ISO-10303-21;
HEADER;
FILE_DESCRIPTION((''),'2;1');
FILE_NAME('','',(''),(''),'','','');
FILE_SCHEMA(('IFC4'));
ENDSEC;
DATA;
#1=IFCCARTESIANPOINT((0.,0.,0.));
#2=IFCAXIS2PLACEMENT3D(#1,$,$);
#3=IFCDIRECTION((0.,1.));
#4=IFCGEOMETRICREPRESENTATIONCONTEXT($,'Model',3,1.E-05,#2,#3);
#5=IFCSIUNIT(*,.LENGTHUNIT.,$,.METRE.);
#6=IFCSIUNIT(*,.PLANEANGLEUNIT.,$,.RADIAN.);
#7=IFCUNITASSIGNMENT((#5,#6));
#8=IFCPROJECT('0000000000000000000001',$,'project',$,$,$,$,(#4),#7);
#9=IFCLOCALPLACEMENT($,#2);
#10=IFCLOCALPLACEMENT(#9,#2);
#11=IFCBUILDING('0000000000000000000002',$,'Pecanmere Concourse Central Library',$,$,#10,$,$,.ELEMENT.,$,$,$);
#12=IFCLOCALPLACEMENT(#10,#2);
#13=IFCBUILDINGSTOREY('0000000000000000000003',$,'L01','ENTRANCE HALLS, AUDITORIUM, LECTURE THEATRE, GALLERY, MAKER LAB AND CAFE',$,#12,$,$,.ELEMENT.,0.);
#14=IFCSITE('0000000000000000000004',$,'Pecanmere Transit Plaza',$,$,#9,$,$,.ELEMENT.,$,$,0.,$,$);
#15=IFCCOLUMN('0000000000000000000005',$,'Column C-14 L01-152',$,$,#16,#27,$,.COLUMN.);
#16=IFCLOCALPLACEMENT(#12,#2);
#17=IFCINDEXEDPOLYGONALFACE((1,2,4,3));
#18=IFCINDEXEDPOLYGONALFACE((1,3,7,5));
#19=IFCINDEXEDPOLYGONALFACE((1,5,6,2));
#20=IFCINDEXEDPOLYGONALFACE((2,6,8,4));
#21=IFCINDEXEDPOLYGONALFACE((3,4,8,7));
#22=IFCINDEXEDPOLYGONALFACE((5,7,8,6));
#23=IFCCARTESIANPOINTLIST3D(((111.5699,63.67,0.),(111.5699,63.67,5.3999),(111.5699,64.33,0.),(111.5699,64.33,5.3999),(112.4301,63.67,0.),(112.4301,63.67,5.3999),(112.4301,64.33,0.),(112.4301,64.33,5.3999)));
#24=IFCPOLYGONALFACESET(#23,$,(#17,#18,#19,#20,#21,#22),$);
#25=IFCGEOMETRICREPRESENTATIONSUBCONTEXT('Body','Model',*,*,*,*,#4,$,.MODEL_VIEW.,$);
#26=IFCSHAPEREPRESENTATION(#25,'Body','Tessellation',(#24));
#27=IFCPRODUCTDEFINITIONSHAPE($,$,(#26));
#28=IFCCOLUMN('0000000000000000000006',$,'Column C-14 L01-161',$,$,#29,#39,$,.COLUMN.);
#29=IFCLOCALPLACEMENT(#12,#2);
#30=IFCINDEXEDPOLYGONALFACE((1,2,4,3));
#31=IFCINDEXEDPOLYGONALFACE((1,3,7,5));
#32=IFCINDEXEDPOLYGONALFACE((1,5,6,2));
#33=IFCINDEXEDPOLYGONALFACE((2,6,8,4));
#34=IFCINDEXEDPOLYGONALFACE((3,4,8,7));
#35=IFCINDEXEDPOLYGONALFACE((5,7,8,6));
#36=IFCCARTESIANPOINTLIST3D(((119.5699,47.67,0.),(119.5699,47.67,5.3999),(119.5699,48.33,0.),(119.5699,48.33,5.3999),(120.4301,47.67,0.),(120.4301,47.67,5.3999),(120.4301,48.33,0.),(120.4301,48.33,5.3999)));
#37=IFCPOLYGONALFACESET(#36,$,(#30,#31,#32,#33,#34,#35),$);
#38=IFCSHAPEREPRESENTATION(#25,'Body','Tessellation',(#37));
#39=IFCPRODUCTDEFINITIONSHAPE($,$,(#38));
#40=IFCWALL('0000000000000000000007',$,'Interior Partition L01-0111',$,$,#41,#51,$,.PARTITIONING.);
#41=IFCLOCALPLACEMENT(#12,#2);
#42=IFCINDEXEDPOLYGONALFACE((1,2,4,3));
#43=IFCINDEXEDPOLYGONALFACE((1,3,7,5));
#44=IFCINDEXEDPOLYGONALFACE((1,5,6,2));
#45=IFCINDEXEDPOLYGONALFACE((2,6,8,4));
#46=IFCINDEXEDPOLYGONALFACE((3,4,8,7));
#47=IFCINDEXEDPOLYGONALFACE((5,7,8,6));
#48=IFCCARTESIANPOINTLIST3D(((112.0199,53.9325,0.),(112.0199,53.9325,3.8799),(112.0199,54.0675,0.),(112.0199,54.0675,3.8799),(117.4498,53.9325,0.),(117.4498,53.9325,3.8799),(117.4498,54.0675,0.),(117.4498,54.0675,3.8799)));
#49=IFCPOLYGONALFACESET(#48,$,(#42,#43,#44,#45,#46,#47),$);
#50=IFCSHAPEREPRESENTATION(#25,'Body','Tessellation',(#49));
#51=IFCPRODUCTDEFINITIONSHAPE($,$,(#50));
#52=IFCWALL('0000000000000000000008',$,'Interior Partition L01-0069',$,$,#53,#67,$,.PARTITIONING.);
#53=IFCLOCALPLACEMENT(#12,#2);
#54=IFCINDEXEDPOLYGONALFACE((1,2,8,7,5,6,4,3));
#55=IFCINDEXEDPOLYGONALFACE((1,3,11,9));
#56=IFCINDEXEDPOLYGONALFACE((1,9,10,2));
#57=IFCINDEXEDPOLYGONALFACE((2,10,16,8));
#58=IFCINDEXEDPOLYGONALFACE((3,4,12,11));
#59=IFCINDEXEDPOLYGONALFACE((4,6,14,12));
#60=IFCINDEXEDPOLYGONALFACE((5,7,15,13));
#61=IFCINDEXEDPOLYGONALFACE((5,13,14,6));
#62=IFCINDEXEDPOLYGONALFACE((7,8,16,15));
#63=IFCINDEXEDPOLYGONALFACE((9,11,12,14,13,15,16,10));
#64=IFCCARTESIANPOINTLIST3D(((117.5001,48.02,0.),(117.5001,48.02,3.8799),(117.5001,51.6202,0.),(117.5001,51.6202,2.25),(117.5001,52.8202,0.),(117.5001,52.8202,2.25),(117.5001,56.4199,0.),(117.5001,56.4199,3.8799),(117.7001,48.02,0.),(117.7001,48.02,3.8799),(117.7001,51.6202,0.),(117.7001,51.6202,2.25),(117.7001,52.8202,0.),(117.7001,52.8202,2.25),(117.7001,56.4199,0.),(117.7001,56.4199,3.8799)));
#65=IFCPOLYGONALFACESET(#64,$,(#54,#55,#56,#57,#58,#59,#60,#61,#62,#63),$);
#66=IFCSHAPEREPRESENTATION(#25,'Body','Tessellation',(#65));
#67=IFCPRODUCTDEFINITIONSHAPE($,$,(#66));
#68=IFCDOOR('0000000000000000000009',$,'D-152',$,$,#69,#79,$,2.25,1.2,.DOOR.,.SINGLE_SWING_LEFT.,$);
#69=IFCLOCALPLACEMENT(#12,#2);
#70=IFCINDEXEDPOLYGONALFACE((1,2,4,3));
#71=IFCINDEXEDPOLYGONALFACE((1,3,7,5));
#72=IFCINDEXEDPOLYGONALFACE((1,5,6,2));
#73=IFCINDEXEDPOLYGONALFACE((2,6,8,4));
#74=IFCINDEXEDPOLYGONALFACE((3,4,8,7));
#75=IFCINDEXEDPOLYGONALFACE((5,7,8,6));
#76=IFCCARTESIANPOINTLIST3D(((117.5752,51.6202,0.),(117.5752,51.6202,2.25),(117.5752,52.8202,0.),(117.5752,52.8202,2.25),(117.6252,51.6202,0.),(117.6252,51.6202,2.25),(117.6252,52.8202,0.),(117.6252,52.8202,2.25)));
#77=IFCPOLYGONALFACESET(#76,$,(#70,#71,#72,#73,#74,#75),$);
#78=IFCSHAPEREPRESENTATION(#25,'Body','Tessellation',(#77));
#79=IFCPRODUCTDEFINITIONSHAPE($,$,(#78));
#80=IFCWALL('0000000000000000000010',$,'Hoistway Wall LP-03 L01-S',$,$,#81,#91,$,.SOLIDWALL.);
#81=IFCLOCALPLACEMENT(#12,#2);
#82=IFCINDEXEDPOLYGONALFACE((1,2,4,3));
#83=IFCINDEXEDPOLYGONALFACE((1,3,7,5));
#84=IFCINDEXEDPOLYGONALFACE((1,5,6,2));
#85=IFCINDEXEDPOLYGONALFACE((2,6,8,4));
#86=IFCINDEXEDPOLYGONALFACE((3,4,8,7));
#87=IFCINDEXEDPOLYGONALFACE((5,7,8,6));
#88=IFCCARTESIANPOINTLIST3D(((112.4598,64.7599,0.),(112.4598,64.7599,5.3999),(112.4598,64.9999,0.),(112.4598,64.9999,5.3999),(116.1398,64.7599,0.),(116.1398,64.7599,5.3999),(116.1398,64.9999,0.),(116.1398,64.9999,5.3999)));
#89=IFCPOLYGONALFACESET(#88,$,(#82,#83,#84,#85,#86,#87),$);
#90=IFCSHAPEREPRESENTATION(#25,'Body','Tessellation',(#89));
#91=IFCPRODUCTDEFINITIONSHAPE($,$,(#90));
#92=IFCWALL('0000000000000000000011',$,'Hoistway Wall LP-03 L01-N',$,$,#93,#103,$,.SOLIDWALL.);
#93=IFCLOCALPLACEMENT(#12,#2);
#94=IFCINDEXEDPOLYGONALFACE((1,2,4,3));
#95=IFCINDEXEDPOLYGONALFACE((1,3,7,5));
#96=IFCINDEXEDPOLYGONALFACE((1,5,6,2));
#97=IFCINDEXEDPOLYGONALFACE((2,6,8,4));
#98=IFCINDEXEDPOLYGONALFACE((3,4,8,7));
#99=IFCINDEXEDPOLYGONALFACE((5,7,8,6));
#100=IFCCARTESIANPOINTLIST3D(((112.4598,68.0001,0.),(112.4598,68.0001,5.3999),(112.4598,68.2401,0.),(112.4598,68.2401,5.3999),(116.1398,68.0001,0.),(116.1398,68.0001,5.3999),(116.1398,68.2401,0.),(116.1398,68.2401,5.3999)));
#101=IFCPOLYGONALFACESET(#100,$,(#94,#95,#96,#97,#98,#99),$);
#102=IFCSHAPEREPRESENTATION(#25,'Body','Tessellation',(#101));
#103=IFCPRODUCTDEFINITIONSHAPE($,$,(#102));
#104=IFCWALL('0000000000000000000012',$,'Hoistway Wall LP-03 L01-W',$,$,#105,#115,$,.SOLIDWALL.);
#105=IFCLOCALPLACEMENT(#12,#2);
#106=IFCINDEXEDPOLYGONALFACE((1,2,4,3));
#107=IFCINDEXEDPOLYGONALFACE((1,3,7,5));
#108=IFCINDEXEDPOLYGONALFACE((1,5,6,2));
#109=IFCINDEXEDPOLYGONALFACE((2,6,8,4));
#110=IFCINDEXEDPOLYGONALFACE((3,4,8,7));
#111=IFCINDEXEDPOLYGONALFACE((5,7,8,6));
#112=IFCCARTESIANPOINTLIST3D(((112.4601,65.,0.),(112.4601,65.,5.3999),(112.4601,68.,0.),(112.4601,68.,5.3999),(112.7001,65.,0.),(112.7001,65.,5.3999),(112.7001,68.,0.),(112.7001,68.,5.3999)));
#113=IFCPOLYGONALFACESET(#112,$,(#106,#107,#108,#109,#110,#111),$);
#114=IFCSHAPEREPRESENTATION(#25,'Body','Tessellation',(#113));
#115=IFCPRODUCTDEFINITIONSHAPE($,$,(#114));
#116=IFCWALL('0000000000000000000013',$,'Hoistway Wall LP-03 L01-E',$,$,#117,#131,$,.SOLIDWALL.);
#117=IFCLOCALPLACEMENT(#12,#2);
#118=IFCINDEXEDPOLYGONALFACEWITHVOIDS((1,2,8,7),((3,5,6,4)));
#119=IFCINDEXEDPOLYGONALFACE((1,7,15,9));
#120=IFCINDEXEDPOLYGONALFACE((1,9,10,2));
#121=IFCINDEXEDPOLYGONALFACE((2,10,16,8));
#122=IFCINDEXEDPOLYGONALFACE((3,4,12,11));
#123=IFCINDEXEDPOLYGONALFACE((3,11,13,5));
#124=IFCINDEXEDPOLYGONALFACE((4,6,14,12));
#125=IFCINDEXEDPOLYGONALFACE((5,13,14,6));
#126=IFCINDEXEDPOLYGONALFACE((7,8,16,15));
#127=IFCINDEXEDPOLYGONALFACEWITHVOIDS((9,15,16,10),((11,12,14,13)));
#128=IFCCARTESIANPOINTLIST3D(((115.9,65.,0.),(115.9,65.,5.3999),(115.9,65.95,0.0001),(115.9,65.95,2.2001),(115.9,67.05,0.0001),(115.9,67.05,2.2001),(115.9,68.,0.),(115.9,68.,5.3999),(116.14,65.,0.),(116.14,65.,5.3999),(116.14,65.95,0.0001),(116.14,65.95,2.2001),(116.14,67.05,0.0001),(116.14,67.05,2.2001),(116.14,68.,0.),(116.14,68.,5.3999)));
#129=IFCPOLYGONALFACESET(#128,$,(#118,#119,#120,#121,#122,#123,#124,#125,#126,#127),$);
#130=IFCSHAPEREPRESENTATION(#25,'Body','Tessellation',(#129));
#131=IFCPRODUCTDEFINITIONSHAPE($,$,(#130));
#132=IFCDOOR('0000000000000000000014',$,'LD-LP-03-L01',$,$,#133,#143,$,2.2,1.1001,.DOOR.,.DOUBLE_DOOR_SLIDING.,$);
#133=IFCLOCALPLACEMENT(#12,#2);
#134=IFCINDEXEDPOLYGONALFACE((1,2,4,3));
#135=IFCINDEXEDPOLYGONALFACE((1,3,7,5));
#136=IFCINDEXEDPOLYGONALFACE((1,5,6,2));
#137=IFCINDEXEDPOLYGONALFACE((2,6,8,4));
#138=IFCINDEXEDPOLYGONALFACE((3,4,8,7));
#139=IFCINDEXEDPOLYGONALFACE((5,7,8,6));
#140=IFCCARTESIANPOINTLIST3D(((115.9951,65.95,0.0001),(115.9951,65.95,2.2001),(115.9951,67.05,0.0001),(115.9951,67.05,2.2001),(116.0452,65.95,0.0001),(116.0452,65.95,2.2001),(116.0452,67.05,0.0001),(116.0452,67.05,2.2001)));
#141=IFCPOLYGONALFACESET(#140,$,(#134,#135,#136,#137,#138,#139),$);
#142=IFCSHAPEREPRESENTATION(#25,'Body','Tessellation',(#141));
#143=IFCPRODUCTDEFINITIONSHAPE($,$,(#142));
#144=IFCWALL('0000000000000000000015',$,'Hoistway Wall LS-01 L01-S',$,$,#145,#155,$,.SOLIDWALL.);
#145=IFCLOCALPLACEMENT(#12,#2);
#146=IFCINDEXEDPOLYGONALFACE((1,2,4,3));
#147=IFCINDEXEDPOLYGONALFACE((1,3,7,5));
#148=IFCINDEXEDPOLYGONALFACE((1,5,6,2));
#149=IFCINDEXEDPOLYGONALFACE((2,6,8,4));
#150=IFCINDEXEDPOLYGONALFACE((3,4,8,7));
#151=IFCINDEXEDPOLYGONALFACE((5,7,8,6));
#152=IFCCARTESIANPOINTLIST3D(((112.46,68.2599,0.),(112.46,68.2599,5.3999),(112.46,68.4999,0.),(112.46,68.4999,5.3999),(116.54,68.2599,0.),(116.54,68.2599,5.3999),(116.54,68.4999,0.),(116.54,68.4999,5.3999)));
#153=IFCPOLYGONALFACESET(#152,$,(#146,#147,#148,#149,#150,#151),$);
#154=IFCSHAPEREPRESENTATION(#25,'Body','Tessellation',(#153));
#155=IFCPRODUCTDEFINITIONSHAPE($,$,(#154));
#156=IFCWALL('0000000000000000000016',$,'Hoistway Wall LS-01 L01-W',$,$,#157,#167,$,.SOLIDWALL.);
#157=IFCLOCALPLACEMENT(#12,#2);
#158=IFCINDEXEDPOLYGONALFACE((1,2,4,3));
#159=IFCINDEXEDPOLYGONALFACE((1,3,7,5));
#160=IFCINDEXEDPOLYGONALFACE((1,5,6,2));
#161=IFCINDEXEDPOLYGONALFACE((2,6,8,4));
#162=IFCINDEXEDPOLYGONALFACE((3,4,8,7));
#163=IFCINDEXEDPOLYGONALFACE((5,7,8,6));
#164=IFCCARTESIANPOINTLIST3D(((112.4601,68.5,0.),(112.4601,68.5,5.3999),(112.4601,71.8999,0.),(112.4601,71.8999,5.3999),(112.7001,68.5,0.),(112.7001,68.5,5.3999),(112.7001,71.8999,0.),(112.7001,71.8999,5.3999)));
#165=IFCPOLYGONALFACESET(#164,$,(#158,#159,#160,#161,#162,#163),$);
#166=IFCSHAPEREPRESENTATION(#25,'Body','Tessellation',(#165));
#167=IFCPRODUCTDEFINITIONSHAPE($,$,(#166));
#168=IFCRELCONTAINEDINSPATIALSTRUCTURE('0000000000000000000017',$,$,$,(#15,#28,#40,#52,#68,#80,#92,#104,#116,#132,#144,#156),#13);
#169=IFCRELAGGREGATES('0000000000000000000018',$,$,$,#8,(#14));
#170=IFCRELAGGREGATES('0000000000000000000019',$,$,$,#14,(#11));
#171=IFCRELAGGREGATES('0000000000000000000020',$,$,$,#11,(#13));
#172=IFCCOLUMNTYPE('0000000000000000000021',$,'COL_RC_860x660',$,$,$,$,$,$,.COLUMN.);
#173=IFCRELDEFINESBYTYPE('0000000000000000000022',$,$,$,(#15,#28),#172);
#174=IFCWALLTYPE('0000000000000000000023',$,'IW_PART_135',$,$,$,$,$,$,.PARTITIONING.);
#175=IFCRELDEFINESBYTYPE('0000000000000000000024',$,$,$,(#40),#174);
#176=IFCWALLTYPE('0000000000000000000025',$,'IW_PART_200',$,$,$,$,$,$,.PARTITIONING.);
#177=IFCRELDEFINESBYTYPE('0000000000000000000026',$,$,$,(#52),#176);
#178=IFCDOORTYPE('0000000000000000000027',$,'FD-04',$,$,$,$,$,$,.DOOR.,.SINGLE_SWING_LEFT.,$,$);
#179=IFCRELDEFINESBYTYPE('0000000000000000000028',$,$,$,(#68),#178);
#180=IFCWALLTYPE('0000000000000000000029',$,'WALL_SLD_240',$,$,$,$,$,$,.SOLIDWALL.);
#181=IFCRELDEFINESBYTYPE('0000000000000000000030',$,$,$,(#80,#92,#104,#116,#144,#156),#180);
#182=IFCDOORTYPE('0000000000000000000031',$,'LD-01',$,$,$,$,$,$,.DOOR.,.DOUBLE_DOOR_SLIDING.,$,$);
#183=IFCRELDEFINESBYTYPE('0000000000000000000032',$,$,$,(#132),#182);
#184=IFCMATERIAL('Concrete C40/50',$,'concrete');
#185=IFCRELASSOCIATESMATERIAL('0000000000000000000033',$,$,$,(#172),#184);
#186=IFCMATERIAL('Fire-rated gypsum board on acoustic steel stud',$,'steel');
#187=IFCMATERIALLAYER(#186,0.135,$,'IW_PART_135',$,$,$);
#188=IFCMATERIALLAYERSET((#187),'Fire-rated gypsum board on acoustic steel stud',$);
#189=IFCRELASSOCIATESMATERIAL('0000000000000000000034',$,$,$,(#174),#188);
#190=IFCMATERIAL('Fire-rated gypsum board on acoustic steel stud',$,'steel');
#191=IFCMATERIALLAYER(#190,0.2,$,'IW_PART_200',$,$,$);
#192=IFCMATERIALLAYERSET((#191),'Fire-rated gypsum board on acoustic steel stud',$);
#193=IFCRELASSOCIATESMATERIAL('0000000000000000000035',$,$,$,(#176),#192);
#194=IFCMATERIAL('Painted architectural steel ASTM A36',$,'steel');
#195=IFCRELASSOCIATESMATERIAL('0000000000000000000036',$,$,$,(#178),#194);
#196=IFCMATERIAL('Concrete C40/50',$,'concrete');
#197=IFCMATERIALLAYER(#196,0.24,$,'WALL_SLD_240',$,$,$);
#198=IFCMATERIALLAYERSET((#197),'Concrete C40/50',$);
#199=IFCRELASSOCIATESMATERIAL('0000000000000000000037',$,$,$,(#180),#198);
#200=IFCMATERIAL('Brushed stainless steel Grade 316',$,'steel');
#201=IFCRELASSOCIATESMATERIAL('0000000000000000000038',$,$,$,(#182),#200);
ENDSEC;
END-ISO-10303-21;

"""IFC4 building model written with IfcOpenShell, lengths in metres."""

from ifc_helpers import new_model, si_unit, direction, frame, frame_2d, origin, origin_2d, place, context, subcontext, project, spatial, rectangle, extrude, material, layer, layer_set, material_profile, profile_set, type_object, element, fill, save


model = new_model("IFC4")

# Units and contexts
model_context = context("Model", 3, precision=1e-05, world=origin(), true_north=direction((0.0, 1.0)))
body_context = subcontext(model_context, "Body", "Model", "MODEL_VIEW")
ifc_project = project(units=[si_unit("LENGTHUNIT", "METRE"), si_unit("PLANEANGLEUNIT", "RADIAN")], contexts=[model_context])

# Site, building, storey
site_placement = place(None, origin())
site = spatial("IfcSite", under=ifc_project, at=site_placement, Name="Pecanmere Transit Plaza", CompositionType="ELEMENT", RefElevation=0.0)
building_placement = place(site_placement, origin())
building = spatial("IfcBuilding", under=site, at=building_placement, Name="Pecanmere Concourse Central Library", CompositionType="ELEMENT")
storey_placement = place(building_placement, origin())
storey = spatial("IfcBuildingStorey", under=building, at=storey_placement, Name="L01", Description="ENTRANCE HALLS, AUDITORIUM, LECTURE THEATRE, GALLERY, MAKER LAB AND CAFE", CompositionType="ELEMENT", Elevation=0.0)

# Columns
ifc_material_1 = material(Name="Concrete C40/50", Category="concrete")
ifc_material_profile = material_profile(ifc_material_1, rectangle(XDim=0.8601, YDim=0.6599, at=origin_2d()), Name="RC 860x660")
ifc_profile_set = profile_set([ifc_material_profile], Name="Concrete C40/50")
column_type = type_object("IfcColumnType", Name="COL_RC_860x660", PredefinedType="COLUMN", material=ifc_profile_set)
for number, where, z_axis, x_axis, name in (
    (1, (112.0, 64.0, 0.0), (0.0, 0.0, 1.0), (1.0, 0.0, 0.0), "Column C-14 L01-152"),
    (2, (120.0, 48.0, 0.0), (0.0, 0.0, 1.0), (1.0, 0.0, 0.0), "Column C-14 L01-161"),
):
    element("IfcColumn", number, at=place(storey_placement, frame(where, z_axis=z_axis, x_axis=x_axis)), inside=storey, type_object=column_type, Name=name, PredefinedType="COLUMN", context=body_context, shape_type="SweptSolid", body=[
        extrude(rectangle(XDim=0.8601, YDim=0.6599, at=origin_2d()), origin(), (0.0, 0.0, 1.0), 5.3999),
    ])

# Wall
ifc_material_2 = material(Name="Fire-rated gypsum board on acoustic steel stud", Category="steel")
ifc_layer_1 = layer(ifc_material_2, 0.135, Name="IW_PART_135")
ifc_layer_set_1 = layer_set([ifc_layer_1], Name="Fire-rated gypsum board on acoustic steel stud")
wall_type_1 = type_object("IfcWallType", Name="IW_PART_135", PredefinedType="PARTITIONING", material=ifc_layer_set_1)
wall_1_placement = place(storey_placement, frame((112.02, 54.0, 0.0), z_axis=(0.0, 0.0, 1.0), x_axis=(1.0, 0.0, 0.0)))
element("IfcWall", 3, at=wall_1_placement, inside=storey, type_object=wall_type_1, Name="Interior Partition L01-0111", PredefinedType="PARTITIONING", context=body_context, shape_type="SweptSolid", body=[
    extrude(rectangle(XDim=5.4299, YDim=0.135, at=frame_2d((2.7148, 0.0))), origin(), (0.0, 0.0, 1.0), 3.8799),
])

# Wall, opening, door
ifc_material_3 = material(Name="Fire-rated gypsum board on acoustic steel stud", Category="steel")
ifc_layer_2 = layer(ifc_material_3, 0.2, Name="IW_PART_200")
ifc_layer_set_2 = layer_set([ifc_layer_2], Name="Fire-rated gypsum board on acoustic steel stud")
wall_type_2 = type_object("IfcWallType", Name="IW_PART_200", PredefinedType="PARTITIONING", material=ifc_layer_set_2)
wall_2_placement = place(storey_placement, frame((117.6001, 48.02, 0.0), z_axis=(0.0, 0.0, 1.0), x_axis=(0.0, 1.0, 0.0)))
wall_2 = element("IfcWall", 4, at=wall_2_placement, inside=storey, type_object=wall_type_2, Name="Interior Partition L01-0069", PredefinedType="PARTITIONING", context=body_context, shape_type="SweptSolid", body=[
    extrude(rectangle(XDim=8.3999, YDim=0.2, at=frame_2d((4.2, 0.0))), origin(), (0.0, 0.0, 1.0), 3.8799),
])
opening_1_placement = place(wall_2_placement, frame((3.6001, 0.0, 0.0)))
opening_1 = element("IfcOpeningElement", 5, at=opening_1_placement, cuts=wall_2, PredefinedType="OPENING", context=body_context, shape_type="SweptSolid", body=[
    extrude(rectangle(XDim=1.2, YDim=2.25, at=frame_2d((0.6001, 1.125))), frame((0.0, 0.1118, 0.0), z_axis=(0.0, -1.0, 0.0), x_axis=(1.0, 0.0, 0.0)), (0.0, 0.0, 1.0), 0.2239),
])
ifc_material_4 = material(Name="Painted architectural steel ASTM A36", Category="steel")
door_type_1 = type_object("IfcDoorType", Name="FD-04", OperationType="SINGLE_SWING_LEFT", PredefinedType="DOOR", material=ifc_material_4)
door_1_placement = place(opening_1_placement, origin())
door_1 = element("IfcDoor", 6, at=door_1_placement, inside=storey, type_object=door_type_1, Name="D-152", OperationType="SINGLE_SWING_LEFT", OverallHeight=2.25, OverallWidth=1.2, PredefinedType="DOOR", context=body_context, shape_type="SweptSolid", body=[
    extrude(rectangle(XDim=1.2, YDim=2.25, at=frame_2d((0.6001, 1.125))), frame((0.0, 0.0249, 0.0), z_axis=(0.0, -1.0, 0.0), x_axis=(1.0, 0.0, 0.0)), (0.0, 0.0, 1.0), 0.05),
])
fill(opening_1, door_1)

# Walls
ifc_material_5 = material(Name="Concrete C40/50", Category="concrete")
ifc_layer_3 = layer(ifc_material_5, 0.24, Name="WALL_SLD_240")
ifc_layer_set_3 = layer_set([ifc_layer_3], Name="Concrete C40/50")
wall_type_3 = type_object("IfcWallType", Name="WALL_SLD_240", PredefinedType="SOLIDWALL", material=ifc_layer_set_3)
for number, where, z_axis, x_axis, name in (
    (7, (112.46, 64.8799, 0.0), (0.0, 0.0, 1.0), (1.0, 0.0, 0.0), "Hoistway Wall LP-03 L01-S"),
    (8, (112.46, 68.1201, 0.0), (0.0, 0.0, 1.0), (1.0, 0.0, 0.0), "Hoistway Wall LP-03 L01-N"),
):
    element("IfcWall", number, at=place(storey_placement, frame(where, z_axis=z_axis, x_axis=x_axis)), inside=storey, type_object=wall_type_3, Name=name, PredefinedType="SOLIDWALL", context=body_context, shape_type="SweptSolid", body=[
        extrude(rectangle(XDim=3.6799, YDim=0.24, at=frame_2d((1.8398, 0.0))), origin(), (0.0, 0.0, 1.0), 5.3999),
    ])
wall_3_placement = place(storey_placement, frame((112.5801, 65.0, 0.0), z_axis=(0.0, 0.0, 1.0), x_axis=(0.0, 1.0, 0.0)))
element("IfcWall", 9, at=wall_3_placement, inside=storey, type_object=wall_type_3, Name="Hoistway Wall LP-03 L01-W", PredefinedType="SOLIDWALL", context=body_context, shape_type="SweptSolid", body=[
    extrude(rectangle(XDim=3.0, YDim=0.24, at=frame_2d((1.5, 0.0))), origin(), (0.0, 0.0, 1.0), 5.3999),
])

# Wall, opening, door
wall_4_placement = place(storey_placement, frame((116.02, 65.0, 0.0), z_axis=(0.0, 0.0, 1.0), x_axis=(0.0, 1.0, 0.0)))
wall_4 = element("IfcWall", 10, at=wall_4_placement, inside=storey, type_object=wall_type_3, Name="Hoistway Wall LP-03 L01-E", PredefinedType="SOLIDWALL", context=body_context, shape_type="SweptSolid", body=[
    extrude(rectangle(XDim=3.0, YDim=0.24, at=frame_2d((1.5, 0.0))), origin(), (0.0, 0.0, 1.0), 5.3999),
])
opening_2_placement = place(wall_4_placement, frame((0.95, 0.0, 0.0)))
opening_2 = element("IfcOpeningElement", 11, at=opening_2_placement, cuts=wall_4, PredefinedType="OPENING", context=body_context, shape_type="SweptSolid", body=[
    extrude(rectangle(XDim=1.1001, YDim=2.2, at=frame_2d((0.55, 1.1001))), frame((0.0, 0.1318, 0.0), z_axis=(0.0, -1.0, 0.0), x_axis=(1.0, 0.0, 0.0)), (0.0, 0.0, 1.0), 0.2639),
])
ifc_material_6 = material(Name="Brushed stainless steel Grade 316", Category="steel")
door_type_2 = type_object("IfcDoorType", Name="LD-01", OperationType="DOUBLE_DOOR_SLIDING", PredefinedType="DOOR", material=ifc_material_6)
door_2_placement = place(opening_2_placement, origin())
door_2 = element("IfcDoor", 12, at=door_2_placement, inside=storey, type_object=door_type_2, Name="LD-LP-03-L01", OperationType="DOUBLE_DOOR_SLIDING", OverallHeight=2.2, OverallWidth=1.1001, PredefinedType="DOOR", context=body_context, shape_type="SweptSolid", body=[
    extrude(rectangle(XDim=1.1001, YDim=2.2, at=frame_2d((0.55, 1.1001))), frame((0.0, 0.0249, 0.0), z_axis=(0.0, -1.0, 0.0), x_axis=(1.0, 0.0, 0.0)), (0.0, 0.0, 1.0), 0.05),
])
fill(opening_2, door_2)

# Walls
wall_5_placement = place(storey_placement, frame((112.46, 68.3799, 0.0), z_axis=(0.0, 0.0, 1.0), x_axis=(1.0, 0.0, 0.0)))
element("IfcWall", 13, at=wall_5_placement, inside=storey, type_object=wall_type_3, Name="Hoistway Wall LS-01 L01-S", PredefinedType="SOLIDWALL", context=body_context, shape_type="SweptSolid", body=[
    extrude(rectangle(XDim=4.0801, YDim=0.24, at=frame_2d((2.04, 0.0))), origin(), (0.0, 0.0, 1.0), 5.3999),
])
wall_6_placement = place(storey_placement, frame((112.5801, 68.5, 0.0), z_axis=(0.0, 0.0, 1.0), x_axis=(0.0, 1.0, 0.0)))
element("IfcWall", 14, at=wall_6_placement, inside=storey, type_object=wall_type_3, Name="Hoistway Wall LS-01 L01-W", PredefinedType="SOLIDWALL", context=body_context, shape_type="SweptSolid", body=[
    extrude(rectangle(XDim=3.3999, YDim=0.24, at=frame_2d((1.7, 0.0))), origin(), (0.0, 0.0, 1.0), 5.3999),
])

save(model, "model.ifc")
